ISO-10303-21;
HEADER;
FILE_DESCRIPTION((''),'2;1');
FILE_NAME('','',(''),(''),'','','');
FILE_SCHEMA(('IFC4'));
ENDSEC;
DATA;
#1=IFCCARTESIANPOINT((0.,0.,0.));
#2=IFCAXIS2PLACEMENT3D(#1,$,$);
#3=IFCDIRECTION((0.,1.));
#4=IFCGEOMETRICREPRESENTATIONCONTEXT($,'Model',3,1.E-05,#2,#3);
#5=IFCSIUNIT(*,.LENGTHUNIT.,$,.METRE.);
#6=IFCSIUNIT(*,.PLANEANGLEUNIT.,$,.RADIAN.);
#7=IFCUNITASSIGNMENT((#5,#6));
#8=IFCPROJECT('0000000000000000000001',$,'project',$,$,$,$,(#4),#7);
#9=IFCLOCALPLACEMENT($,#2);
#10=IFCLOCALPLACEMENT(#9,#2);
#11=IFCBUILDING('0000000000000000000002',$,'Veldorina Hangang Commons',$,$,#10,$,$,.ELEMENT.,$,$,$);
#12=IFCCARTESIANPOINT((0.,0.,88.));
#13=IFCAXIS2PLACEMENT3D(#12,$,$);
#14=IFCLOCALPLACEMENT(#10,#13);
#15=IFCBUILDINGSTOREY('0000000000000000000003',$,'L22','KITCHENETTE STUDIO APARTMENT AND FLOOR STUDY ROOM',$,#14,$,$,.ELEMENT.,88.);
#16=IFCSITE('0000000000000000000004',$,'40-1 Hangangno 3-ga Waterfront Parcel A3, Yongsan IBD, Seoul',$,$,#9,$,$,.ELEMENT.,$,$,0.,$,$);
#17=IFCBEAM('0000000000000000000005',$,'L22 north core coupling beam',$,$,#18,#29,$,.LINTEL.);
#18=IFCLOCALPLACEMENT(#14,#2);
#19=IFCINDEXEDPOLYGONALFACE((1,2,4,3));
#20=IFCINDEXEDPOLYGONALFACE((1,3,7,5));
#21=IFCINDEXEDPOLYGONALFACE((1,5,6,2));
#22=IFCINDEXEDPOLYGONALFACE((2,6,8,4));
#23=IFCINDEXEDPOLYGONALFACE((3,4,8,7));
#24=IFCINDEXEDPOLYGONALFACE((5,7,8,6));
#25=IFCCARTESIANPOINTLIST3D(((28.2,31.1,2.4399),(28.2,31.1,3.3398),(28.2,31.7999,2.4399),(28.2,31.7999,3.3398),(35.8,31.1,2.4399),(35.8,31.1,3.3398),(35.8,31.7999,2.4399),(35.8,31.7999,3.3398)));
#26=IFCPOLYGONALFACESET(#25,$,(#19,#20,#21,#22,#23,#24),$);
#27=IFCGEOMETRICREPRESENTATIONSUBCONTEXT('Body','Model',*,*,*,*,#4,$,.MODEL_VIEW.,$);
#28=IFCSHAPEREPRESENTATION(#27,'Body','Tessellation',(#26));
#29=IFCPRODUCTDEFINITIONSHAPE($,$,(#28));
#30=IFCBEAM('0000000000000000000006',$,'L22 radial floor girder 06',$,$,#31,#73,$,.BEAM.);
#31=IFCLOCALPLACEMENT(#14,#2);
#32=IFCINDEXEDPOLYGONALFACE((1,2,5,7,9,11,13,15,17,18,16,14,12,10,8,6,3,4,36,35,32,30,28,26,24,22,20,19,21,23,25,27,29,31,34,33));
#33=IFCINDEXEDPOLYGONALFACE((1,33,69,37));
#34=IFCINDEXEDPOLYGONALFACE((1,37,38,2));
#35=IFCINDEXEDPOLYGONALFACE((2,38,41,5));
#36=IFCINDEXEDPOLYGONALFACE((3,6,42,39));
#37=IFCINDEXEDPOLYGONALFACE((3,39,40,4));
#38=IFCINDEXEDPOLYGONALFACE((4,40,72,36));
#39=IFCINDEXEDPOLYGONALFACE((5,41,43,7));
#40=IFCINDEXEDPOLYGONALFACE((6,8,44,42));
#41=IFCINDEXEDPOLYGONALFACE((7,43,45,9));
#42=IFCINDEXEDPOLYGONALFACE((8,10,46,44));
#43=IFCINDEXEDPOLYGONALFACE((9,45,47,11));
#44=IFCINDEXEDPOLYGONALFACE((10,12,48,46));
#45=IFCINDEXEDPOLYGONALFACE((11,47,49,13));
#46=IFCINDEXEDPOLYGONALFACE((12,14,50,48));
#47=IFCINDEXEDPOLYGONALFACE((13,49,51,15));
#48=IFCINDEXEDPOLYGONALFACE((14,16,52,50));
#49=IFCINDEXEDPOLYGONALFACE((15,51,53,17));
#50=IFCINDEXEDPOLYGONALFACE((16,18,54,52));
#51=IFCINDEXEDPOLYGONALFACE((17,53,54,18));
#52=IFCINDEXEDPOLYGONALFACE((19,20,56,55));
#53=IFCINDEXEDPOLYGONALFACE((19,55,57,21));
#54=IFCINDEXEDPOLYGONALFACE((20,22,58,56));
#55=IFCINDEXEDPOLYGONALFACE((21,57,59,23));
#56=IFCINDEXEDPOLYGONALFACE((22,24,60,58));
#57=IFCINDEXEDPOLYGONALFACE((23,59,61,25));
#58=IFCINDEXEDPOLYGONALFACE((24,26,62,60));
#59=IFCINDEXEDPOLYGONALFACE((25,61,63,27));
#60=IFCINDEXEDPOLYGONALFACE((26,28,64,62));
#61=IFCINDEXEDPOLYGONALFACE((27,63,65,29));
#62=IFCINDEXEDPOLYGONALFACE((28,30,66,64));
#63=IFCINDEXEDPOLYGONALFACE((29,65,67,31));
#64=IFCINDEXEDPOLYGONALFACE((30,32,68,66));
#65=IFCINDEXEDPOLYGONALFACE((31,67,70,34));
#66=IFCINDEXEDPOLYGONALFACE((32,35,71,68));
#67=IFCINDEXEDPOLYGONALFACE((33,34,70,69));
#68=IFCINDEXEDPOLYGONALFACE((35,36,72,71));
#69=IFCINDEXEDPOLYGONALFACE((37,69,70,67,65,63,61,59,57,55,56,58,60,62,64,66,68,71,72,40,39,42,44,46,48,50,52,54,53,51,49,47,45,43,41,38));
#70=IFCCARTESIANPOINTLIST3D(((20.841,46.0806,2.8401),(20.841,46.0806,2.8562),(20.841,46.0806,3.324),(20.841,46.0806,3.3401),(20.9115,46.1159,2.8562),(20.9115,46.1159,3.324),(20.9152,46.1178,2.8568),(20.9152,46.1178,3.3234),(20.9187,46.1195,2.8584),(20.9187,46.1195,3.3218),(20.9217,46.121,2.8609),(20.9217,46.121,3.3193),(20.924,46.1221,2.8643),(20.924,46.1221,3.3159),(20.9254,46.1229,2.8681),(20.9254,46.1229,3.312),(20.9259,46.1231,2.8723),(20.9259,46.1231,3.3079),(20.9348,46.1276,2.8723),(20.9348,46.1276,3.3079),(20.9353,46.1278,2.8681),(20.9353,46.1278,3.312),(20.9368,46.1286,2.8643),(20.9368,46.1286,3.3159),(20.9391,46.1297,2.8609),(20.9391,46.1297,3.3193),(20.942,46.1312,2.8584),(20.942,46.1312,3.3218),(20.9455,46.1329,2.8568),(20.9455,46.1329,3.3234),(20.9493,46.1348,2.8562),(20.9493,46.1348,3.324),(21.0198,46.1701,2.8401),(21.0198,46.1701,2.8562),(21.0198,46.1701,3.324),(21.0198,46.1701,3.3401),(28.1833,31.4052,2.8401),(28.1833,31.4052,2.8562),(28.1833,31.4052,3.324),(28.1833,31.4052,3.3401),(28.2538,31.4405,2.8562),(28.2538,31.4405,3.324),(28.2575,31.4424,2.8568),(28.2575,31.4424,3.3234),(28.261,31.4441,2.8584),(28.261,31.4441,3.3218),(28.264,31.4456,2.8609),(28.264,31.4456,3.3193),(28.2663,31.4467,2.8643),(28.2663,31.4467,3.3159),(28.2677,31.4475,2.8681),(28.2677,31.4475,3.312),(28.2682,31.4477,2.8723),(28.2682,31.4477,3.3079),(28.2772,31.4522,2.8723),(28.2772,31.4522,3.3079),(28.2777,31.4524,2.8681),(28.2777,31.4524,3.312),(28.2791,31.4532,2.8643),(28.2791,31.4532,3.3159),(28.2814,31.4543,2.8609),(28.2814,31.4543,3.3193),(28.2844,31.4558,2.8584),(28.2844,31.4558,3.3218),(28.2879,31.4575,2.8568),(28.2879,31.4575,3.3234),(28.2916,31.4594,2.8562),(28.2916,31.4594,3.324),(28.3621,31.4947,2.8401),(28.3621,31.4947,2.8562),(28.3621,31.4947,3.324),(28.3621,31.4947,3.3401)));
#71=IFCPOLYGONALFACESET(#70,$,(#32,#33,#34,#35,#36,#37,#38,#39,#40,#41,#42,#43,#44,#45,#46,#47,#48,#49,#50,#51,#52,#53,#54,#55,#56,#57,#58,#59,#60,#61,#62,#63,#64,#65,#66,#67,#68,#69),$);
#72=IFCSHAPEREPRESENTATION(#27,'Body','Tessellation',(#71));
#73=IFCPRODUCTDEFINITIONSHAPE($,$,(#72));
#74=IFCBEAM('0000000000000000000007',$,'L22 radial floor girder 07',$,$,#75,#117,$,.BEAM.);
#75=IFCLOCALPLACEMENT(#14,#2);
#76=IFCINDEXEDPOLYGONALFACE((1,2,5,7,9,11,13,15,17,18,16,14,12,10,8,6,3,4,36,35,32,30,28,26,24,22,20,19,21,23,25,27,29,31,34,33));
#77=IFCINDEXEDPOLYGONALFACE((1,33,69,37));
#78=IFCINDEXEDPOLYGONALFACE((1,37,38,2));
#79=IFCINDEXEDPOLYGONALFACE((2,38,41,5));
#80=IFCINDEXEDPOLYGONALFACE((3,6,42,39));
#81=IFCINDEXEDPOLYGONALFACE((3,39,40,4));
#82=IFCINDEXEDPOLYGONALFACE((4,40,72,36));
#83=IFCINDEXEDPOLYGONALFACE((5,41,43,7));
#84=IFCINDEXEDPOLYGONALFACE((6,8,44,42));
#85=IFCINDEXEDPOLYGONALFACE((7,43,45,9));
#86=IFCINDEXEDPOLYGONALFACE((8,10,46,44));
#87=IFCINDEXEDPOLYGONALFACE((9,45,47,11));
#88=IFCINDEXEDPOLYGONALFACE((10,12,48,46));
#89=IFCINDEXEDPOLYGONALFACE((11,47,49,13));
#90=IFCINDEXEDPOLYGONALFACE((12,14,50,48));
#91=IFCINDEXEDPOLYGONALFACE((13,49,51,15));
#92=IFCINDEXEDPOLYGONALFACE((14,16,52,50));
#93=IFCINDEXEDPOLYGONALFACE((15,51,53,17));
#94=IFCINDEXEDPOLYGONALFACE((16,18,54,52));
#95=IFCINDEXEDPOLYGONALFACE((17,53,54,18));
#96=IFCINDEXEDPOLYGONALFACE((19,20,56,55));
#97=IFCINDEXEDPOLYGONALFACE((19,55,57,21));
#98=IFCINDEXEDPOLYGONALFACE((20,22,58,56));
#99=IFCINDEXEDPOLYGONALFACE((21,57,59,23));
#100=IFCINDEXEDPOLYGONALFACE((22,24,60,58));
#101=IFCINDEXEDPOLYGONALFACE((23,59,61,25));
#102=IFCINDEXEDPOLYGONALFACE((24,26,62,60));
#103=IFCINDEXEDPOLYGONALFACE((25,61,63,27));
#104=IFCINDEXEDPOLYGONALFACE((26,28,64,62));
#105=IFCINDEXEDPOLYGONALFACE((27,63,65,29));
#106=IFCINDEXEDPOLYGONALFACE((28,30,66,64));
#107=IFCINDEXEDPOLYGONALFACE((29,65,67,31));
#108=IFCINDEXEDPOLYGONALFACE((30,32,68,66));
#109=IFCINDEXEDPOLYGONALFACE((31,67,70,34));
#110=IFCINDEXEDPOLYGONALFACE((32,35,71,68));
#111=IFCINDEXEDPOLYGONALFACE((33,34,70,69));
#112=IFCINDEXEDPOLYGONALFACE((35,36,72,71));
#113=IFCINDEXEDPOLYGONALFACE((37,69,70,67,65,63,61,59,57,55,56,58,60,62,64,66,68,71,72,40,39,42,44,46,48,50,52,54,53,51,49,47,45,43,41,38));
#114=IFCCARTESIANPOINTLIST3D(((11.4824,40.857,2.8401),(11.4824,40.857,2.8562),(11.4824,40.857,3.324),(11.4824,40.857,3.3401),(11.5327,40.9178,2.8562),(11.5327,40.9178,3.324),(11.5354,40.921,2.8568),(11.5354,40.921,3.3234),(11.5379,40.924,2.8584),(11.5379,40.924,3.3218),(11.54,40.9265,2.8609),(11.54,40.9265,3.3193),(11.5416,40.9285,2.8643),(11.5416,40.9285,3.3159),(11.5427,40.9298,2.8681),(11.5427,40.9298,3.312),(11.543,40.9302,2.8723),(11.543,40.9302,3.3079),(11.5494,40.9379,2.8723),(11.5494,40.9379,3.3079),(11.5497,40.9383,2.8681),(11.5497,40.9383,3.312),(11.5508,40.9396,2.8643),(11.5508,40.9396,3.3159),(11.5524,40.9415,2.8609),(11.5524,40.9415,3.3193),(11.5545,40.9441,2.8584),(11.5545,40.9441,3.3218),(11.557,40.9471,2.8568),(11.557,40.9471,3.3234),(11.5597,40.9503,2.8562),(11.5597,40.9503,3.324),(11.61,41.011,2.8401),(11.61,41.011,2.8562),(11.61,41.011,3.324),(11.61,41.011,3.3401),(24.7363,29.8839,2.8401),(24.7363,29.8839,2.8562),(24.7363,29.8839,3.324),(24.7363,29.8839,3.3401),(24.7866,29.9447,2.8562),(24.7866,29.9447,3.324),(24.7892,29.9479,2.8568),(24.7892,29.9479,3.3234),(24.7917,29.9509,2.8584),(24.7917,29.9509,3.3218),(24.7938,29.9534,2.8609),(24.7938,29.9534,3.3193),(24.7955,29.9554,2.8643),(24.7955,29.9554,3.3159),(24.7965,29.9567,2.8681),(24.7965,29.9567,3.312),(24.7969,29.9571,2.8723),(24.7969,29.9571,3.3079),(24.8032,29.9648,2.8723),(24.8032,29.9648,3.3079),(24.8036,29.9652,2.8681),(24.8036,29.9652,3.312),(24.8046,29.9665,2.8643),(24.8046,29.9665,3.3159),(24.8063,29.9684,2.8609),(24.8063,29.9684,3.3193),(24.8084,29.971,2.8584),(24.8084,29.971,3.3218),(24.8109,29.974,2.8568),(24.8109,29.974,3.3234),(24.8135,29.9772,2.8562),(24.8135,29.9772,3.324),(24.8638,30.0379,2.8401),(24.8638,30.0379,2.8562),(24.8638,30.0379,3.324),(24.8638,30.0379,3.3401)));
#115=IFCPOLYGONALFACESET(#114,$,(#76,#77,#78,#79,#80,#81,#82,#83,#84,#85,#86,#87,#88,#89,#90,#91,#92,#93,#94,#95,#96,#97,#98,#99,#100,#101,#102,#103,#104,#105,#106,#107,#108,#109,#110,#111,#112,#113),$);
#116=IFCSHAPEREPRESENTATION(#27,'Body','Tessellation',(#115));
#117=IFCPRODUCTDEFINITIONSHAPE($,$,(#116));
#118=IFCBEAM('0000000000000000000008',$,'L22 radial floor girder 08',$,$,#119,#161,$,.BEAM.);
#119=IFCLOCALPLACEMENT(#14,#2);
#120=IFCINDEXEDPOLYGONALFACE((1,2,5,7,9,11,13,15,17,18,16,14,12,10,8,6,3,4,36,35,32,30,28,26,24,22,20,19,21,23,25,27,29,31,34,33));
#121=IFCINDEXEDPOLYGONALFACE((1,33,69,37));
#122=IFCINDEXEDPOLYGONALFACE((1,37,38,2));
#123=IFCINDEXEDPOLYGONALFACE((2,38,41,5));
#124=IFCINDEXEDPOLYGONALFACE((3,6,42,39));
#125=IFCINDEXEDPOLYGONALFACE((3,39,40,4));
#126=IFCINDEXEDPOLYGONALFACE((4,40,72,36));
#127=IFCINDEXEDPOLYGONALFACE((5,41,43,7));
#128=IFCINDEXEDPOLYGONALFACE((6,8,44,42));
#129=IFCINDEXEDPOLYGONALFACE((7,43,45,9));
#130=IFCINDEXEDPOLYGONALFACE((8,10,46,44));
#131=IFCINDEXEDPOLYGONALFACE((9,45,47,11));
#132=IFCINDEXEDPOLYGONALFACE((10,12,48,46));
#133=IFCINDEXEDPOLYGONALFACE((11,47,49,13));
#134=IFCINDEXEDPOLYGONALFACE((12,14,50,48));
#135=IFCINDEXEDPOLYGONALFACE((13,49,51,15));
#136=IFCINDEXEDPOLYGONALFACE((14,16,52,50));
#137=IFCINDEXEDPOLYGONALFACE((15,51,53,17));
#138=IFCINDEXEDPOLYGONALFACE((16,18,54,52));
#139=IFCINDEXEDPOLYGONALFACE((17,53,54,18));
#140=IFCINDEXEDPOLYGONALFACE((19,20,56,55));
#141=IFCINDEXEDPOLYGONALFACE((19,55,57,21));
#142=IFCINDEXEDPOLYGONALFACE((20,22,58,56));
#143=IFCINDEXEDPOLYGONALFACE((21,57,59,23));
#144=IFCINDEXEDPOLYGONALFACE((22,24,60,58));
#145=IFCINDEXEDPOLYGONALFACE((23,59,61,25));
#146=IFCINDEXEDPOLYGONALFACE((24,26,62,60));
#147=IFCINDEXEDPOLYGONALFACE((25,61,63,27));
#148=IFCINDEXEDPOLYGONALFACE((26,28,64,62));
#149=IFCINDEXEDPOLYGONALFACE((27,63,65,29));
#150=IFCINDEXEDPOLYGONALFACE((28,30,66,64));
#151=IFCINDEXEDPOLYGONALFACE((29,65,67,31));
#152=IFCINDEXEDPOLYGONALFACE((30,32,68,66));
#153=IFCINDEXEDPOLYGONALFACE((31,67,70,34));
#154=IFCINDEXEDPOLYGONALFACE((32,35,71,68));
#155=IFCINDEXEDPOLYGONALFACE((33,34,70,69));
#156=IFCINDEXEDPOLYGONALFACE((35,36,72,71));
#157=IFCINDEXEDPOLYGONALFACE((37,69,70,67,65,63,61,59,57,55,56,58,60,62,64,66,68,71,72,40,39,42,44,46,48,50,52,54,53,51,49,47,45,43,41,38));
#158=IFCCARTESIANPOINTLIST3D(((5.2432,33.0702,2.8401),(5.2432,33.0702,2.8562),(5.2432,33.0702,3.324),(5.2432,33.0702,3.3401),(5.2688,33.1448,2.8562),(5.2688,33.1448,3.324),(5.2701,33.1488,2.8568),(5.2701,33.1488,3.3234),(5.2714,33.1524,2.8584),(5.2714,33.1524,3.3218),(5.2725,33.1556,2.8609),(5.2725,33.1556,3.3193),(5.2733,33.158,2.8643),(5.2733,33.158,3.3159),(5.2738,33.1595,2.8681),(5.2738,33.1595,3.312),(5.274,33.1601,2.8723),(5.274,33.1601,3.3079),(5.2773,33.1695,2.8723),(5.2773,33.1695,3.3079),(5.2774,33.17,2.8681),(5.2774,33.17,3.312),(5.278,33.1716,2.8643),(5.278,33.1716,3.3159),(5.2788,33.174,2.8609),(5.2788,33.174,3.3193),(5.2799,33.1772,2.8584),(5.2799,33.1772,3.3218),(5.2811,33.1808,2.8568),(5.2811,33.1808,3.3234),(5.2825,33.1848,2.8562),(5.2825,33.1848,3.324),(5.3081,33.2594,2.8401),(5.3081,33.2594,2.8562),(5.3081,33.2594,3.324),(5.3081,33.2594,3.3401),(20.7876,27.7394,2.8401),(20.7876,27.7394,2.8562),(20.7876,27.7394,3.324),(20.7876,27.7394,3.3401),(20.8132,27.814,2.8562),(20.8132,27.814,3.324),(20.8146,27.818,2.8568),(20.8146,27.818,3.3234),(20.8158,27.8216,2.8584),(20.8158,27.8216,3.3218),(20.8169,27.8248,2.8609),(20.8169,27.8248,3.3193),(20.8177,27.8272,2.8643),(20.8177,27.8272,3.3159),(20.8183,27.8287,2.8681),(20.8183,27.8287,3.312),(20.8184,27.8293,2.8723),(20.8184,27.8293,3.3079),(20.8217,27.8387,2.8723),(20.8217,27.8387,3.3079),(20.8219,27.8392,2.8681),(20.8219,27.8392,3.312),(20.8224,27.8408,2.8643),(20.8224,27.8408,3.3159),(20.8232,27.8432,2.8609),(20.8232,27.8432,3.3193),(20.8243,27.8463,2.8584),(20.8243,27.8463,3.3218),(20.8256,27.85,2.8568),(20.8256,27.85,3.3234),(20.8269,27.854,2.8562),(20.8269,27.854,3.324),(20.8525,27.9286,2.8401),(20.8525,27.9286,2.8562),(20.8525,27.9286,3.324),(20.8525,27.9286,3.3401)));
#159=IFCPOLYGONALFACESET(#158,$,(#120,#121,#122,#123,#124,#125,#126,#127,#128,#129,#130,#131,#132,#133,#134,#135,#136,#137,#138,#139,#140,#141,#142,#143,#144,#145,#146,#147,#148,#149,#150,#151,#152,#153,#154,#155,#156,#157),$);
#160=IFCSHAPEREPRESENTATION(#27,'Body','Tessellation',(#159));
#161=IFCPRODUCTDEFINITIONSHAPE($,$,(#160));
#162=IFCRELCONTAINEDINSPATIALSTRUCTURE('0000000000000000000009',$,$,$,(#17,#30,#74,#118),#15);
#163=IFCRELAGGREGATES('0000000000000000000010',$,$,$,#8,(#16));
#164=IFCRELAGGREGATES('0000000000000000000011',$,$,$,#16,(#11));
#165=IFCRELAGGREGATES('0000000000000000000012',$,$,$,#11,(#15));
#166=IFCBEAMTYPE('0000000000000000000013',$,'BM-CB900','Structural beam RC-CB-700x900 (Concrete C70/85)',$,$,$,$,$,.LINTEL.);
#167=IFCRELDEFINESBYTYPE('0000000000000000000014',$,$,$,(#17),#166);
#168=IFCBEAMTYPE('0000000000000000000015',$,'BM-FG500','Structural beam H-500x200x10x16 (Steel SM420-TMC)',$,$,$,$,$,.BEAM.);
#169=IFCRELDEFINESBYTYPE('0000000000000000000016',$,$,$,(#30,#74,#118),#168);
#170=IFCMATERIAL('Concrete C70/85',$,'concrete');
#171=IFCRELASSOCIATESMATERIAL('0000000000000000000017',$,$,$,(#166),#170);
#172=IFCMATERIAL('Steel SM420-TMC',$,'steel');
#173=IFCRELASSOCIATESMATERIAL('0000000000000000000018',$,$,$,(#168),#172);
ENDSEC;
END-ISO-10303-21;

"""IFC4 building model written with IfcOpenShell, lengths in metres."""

from ifc_helpers import new_model, si_unit, direction, frame, origin, origin_2d, place, context, subcontext, project, spatial, rectangle, i_section, extrude, material, material_profile, profile_set, type_object, element, save


model = new_model("IFC4")

# Units and contexts
model_context = context("Model", 3, precision=1e-05, world=origin(), true_north=direction((0.0, 1.0)))
body_context = subcontext(model_context, "Body", "Model", "MODEL_VIEW")
ifc_project = project(units=[si_unit("LENGTHUNIT", "METRE"), si_unit("PLANEANGLEUNIT", "RADIAN")], contexts=[model_context])

# Site, building, storey
site_placement = place(None, origin())
site = spatial("IfcSite", under=ifc_project, at=site_placement, Name="40-1 Hangangno 3-ga Waterfront Parcel A3, Yongsan IBD, Seoul", CompositionType="ELEMENT", RefElevation=0.0)
building_placement = place(site_placement, origin())
building = spatial("IfcBuilding", under=site, at=building_placement, Name="Veldorina Hangang Commons", CompositionType="ELEMENT")
storey_placement = place(building_placement, frame((0.0, 0.0, 88.0)))
storey = spatial("IfcBuildingStorey", under=building, at=storey_placement, Name="L22", Description="KITCHENETTE STUDIO APARTMENT AND FLOOR STUDY ROOM", CompositionType="ELEMENT", Elevation=88.0)

# Beams
ifc_material_1 = material(Name="Concrete C70/85", Category="concrete")
ifc_material_profile_1 = material_profile(ifc_material_1, rectangle(XDim=0.7, YDim=0.8999, at=origin_2d()), Name="RC-CB-700x900")
ifc_profile_set_1 = profile_set([ifc_material_profile_1], Name="Concrete C70/85")
beam_type_1 = type_object("IfcBeamType", Name="BM-CB900", Description="Structural beam RC-CB-700x900 (Concrete C70/85)", PredefinedType="LINTEL", material=ifc_profile_set_1)
beam_1_placement = place(storey_placement, frame((28.2, 31.45, 2.8899), z_axis=(1.0, 0.0, 0.0), x_axis=(0.0, 1.0, 0.0)))
element("IfcBeam", 1, at=beam_1_placement, inside=storey, type_object=beam_type_1, Name="L22 north core coupling beam", PredefinedType="LINTEL", context=body_context, shape_type="SweptSolid", body=[
    extrude(rectangle(XDim=0.7, YDim=0.8999, at=origin_2d()), origin(), (0.0, 0.0, 1.0), 7.6001),
])
ifc_material_2 = material(Name="Steel SM420-TMC", Category="steel")
ifc_material_profile_2 = material_profile(ifc_material_2, i_section(OverallWidth=0.2, OverallDepth=0.5, WebThickness=0.01, FlangeThickness=0.0161, FilletRadius=0.0161, at=origin_2d()), Name="H-500x200x10x16")
ifc_profile_set_2 = profile_set([ifc_material_profile_2], Name="Steel SM420-TMC")
beam_type_2 = type_object("IfcBeamType", Name="BM-FG500", Description="Structural beam H-500x200x10x16 (Steel SM420-TMC)", PredefinedType="BEAM", material=ifc_profile_set_2)
beam_2_placement = place(storey_placement, frame((28.2727, 31.45, 3.0901), z_axis=(-0.44744, 0.894314, 0.0), x_axis=(-0.894314, -0.44744, 0.0)))
element("IfcBeam", 2, at=beam_2_placement, inside=storey, type_object=beam_type_2, Name="L22 radial floor girder 06", PredefinedType="BEAM", context=body_context, shape_type="SweptSolid", body=[
    extrude(i_section(OverallWidth=0.2, OverallDepth=0.5, WebThickness=0.01, FlangeThickness=0.0161, FilletRadius=0.0161, at=origin_2d()), origin(), (0.0, 0.0, 1.0), 16.4097),
])
beam_3_placement = place(storey_placement, frame((24.8, 29.9609, 3.0901), z_axis=(-0.770269, 0.637719, 0.0), x_axis=(-0.637719, -0.770269, 0.0)))
element("IfcBeam", 3, at=beam_3_placement, inside=storey, type_object=beam_type_2, Name="L22 radial floor girder 07", PredefinedType="BEAM", context=body_context, shape_type="SweptSolid", body=[
    extrude(i_section(OverallWidth=0.2, OverallDepth=0.5, WebThickness=0.01, FlangeThickness=0.0161, FilletRadius=0.0161, at=origin_2d()), origin(), (0.0, 0.0, 1.0), 17.2068),
])
beam_4_placement = place(storey_placement, frame((20.8201, 27.834, 3.0901), z_axis=(-0.945922, 0.324395, 0.0), x_axis=(-0.324395, -0.945922, 0.0)))
element("IfcBeam", 4, at=beam_4_placement, inside=storey, type_object=beam_type_2, Name="L22 radial floor girder 08", PredefinedType="BEAM", context=body_context, shape_type="SweptSolid", body=[
    extrude(i_section(OverallWidth=0.2, OverallDepth=0.5, WebThickness=0.01, FlangeThickness=0.0161, FilletRadius=0.0161, at=origin_2d()), origin(), (0.0, 0.0, 1.0), 16.4331),
])

save(model, "model.ifc")
